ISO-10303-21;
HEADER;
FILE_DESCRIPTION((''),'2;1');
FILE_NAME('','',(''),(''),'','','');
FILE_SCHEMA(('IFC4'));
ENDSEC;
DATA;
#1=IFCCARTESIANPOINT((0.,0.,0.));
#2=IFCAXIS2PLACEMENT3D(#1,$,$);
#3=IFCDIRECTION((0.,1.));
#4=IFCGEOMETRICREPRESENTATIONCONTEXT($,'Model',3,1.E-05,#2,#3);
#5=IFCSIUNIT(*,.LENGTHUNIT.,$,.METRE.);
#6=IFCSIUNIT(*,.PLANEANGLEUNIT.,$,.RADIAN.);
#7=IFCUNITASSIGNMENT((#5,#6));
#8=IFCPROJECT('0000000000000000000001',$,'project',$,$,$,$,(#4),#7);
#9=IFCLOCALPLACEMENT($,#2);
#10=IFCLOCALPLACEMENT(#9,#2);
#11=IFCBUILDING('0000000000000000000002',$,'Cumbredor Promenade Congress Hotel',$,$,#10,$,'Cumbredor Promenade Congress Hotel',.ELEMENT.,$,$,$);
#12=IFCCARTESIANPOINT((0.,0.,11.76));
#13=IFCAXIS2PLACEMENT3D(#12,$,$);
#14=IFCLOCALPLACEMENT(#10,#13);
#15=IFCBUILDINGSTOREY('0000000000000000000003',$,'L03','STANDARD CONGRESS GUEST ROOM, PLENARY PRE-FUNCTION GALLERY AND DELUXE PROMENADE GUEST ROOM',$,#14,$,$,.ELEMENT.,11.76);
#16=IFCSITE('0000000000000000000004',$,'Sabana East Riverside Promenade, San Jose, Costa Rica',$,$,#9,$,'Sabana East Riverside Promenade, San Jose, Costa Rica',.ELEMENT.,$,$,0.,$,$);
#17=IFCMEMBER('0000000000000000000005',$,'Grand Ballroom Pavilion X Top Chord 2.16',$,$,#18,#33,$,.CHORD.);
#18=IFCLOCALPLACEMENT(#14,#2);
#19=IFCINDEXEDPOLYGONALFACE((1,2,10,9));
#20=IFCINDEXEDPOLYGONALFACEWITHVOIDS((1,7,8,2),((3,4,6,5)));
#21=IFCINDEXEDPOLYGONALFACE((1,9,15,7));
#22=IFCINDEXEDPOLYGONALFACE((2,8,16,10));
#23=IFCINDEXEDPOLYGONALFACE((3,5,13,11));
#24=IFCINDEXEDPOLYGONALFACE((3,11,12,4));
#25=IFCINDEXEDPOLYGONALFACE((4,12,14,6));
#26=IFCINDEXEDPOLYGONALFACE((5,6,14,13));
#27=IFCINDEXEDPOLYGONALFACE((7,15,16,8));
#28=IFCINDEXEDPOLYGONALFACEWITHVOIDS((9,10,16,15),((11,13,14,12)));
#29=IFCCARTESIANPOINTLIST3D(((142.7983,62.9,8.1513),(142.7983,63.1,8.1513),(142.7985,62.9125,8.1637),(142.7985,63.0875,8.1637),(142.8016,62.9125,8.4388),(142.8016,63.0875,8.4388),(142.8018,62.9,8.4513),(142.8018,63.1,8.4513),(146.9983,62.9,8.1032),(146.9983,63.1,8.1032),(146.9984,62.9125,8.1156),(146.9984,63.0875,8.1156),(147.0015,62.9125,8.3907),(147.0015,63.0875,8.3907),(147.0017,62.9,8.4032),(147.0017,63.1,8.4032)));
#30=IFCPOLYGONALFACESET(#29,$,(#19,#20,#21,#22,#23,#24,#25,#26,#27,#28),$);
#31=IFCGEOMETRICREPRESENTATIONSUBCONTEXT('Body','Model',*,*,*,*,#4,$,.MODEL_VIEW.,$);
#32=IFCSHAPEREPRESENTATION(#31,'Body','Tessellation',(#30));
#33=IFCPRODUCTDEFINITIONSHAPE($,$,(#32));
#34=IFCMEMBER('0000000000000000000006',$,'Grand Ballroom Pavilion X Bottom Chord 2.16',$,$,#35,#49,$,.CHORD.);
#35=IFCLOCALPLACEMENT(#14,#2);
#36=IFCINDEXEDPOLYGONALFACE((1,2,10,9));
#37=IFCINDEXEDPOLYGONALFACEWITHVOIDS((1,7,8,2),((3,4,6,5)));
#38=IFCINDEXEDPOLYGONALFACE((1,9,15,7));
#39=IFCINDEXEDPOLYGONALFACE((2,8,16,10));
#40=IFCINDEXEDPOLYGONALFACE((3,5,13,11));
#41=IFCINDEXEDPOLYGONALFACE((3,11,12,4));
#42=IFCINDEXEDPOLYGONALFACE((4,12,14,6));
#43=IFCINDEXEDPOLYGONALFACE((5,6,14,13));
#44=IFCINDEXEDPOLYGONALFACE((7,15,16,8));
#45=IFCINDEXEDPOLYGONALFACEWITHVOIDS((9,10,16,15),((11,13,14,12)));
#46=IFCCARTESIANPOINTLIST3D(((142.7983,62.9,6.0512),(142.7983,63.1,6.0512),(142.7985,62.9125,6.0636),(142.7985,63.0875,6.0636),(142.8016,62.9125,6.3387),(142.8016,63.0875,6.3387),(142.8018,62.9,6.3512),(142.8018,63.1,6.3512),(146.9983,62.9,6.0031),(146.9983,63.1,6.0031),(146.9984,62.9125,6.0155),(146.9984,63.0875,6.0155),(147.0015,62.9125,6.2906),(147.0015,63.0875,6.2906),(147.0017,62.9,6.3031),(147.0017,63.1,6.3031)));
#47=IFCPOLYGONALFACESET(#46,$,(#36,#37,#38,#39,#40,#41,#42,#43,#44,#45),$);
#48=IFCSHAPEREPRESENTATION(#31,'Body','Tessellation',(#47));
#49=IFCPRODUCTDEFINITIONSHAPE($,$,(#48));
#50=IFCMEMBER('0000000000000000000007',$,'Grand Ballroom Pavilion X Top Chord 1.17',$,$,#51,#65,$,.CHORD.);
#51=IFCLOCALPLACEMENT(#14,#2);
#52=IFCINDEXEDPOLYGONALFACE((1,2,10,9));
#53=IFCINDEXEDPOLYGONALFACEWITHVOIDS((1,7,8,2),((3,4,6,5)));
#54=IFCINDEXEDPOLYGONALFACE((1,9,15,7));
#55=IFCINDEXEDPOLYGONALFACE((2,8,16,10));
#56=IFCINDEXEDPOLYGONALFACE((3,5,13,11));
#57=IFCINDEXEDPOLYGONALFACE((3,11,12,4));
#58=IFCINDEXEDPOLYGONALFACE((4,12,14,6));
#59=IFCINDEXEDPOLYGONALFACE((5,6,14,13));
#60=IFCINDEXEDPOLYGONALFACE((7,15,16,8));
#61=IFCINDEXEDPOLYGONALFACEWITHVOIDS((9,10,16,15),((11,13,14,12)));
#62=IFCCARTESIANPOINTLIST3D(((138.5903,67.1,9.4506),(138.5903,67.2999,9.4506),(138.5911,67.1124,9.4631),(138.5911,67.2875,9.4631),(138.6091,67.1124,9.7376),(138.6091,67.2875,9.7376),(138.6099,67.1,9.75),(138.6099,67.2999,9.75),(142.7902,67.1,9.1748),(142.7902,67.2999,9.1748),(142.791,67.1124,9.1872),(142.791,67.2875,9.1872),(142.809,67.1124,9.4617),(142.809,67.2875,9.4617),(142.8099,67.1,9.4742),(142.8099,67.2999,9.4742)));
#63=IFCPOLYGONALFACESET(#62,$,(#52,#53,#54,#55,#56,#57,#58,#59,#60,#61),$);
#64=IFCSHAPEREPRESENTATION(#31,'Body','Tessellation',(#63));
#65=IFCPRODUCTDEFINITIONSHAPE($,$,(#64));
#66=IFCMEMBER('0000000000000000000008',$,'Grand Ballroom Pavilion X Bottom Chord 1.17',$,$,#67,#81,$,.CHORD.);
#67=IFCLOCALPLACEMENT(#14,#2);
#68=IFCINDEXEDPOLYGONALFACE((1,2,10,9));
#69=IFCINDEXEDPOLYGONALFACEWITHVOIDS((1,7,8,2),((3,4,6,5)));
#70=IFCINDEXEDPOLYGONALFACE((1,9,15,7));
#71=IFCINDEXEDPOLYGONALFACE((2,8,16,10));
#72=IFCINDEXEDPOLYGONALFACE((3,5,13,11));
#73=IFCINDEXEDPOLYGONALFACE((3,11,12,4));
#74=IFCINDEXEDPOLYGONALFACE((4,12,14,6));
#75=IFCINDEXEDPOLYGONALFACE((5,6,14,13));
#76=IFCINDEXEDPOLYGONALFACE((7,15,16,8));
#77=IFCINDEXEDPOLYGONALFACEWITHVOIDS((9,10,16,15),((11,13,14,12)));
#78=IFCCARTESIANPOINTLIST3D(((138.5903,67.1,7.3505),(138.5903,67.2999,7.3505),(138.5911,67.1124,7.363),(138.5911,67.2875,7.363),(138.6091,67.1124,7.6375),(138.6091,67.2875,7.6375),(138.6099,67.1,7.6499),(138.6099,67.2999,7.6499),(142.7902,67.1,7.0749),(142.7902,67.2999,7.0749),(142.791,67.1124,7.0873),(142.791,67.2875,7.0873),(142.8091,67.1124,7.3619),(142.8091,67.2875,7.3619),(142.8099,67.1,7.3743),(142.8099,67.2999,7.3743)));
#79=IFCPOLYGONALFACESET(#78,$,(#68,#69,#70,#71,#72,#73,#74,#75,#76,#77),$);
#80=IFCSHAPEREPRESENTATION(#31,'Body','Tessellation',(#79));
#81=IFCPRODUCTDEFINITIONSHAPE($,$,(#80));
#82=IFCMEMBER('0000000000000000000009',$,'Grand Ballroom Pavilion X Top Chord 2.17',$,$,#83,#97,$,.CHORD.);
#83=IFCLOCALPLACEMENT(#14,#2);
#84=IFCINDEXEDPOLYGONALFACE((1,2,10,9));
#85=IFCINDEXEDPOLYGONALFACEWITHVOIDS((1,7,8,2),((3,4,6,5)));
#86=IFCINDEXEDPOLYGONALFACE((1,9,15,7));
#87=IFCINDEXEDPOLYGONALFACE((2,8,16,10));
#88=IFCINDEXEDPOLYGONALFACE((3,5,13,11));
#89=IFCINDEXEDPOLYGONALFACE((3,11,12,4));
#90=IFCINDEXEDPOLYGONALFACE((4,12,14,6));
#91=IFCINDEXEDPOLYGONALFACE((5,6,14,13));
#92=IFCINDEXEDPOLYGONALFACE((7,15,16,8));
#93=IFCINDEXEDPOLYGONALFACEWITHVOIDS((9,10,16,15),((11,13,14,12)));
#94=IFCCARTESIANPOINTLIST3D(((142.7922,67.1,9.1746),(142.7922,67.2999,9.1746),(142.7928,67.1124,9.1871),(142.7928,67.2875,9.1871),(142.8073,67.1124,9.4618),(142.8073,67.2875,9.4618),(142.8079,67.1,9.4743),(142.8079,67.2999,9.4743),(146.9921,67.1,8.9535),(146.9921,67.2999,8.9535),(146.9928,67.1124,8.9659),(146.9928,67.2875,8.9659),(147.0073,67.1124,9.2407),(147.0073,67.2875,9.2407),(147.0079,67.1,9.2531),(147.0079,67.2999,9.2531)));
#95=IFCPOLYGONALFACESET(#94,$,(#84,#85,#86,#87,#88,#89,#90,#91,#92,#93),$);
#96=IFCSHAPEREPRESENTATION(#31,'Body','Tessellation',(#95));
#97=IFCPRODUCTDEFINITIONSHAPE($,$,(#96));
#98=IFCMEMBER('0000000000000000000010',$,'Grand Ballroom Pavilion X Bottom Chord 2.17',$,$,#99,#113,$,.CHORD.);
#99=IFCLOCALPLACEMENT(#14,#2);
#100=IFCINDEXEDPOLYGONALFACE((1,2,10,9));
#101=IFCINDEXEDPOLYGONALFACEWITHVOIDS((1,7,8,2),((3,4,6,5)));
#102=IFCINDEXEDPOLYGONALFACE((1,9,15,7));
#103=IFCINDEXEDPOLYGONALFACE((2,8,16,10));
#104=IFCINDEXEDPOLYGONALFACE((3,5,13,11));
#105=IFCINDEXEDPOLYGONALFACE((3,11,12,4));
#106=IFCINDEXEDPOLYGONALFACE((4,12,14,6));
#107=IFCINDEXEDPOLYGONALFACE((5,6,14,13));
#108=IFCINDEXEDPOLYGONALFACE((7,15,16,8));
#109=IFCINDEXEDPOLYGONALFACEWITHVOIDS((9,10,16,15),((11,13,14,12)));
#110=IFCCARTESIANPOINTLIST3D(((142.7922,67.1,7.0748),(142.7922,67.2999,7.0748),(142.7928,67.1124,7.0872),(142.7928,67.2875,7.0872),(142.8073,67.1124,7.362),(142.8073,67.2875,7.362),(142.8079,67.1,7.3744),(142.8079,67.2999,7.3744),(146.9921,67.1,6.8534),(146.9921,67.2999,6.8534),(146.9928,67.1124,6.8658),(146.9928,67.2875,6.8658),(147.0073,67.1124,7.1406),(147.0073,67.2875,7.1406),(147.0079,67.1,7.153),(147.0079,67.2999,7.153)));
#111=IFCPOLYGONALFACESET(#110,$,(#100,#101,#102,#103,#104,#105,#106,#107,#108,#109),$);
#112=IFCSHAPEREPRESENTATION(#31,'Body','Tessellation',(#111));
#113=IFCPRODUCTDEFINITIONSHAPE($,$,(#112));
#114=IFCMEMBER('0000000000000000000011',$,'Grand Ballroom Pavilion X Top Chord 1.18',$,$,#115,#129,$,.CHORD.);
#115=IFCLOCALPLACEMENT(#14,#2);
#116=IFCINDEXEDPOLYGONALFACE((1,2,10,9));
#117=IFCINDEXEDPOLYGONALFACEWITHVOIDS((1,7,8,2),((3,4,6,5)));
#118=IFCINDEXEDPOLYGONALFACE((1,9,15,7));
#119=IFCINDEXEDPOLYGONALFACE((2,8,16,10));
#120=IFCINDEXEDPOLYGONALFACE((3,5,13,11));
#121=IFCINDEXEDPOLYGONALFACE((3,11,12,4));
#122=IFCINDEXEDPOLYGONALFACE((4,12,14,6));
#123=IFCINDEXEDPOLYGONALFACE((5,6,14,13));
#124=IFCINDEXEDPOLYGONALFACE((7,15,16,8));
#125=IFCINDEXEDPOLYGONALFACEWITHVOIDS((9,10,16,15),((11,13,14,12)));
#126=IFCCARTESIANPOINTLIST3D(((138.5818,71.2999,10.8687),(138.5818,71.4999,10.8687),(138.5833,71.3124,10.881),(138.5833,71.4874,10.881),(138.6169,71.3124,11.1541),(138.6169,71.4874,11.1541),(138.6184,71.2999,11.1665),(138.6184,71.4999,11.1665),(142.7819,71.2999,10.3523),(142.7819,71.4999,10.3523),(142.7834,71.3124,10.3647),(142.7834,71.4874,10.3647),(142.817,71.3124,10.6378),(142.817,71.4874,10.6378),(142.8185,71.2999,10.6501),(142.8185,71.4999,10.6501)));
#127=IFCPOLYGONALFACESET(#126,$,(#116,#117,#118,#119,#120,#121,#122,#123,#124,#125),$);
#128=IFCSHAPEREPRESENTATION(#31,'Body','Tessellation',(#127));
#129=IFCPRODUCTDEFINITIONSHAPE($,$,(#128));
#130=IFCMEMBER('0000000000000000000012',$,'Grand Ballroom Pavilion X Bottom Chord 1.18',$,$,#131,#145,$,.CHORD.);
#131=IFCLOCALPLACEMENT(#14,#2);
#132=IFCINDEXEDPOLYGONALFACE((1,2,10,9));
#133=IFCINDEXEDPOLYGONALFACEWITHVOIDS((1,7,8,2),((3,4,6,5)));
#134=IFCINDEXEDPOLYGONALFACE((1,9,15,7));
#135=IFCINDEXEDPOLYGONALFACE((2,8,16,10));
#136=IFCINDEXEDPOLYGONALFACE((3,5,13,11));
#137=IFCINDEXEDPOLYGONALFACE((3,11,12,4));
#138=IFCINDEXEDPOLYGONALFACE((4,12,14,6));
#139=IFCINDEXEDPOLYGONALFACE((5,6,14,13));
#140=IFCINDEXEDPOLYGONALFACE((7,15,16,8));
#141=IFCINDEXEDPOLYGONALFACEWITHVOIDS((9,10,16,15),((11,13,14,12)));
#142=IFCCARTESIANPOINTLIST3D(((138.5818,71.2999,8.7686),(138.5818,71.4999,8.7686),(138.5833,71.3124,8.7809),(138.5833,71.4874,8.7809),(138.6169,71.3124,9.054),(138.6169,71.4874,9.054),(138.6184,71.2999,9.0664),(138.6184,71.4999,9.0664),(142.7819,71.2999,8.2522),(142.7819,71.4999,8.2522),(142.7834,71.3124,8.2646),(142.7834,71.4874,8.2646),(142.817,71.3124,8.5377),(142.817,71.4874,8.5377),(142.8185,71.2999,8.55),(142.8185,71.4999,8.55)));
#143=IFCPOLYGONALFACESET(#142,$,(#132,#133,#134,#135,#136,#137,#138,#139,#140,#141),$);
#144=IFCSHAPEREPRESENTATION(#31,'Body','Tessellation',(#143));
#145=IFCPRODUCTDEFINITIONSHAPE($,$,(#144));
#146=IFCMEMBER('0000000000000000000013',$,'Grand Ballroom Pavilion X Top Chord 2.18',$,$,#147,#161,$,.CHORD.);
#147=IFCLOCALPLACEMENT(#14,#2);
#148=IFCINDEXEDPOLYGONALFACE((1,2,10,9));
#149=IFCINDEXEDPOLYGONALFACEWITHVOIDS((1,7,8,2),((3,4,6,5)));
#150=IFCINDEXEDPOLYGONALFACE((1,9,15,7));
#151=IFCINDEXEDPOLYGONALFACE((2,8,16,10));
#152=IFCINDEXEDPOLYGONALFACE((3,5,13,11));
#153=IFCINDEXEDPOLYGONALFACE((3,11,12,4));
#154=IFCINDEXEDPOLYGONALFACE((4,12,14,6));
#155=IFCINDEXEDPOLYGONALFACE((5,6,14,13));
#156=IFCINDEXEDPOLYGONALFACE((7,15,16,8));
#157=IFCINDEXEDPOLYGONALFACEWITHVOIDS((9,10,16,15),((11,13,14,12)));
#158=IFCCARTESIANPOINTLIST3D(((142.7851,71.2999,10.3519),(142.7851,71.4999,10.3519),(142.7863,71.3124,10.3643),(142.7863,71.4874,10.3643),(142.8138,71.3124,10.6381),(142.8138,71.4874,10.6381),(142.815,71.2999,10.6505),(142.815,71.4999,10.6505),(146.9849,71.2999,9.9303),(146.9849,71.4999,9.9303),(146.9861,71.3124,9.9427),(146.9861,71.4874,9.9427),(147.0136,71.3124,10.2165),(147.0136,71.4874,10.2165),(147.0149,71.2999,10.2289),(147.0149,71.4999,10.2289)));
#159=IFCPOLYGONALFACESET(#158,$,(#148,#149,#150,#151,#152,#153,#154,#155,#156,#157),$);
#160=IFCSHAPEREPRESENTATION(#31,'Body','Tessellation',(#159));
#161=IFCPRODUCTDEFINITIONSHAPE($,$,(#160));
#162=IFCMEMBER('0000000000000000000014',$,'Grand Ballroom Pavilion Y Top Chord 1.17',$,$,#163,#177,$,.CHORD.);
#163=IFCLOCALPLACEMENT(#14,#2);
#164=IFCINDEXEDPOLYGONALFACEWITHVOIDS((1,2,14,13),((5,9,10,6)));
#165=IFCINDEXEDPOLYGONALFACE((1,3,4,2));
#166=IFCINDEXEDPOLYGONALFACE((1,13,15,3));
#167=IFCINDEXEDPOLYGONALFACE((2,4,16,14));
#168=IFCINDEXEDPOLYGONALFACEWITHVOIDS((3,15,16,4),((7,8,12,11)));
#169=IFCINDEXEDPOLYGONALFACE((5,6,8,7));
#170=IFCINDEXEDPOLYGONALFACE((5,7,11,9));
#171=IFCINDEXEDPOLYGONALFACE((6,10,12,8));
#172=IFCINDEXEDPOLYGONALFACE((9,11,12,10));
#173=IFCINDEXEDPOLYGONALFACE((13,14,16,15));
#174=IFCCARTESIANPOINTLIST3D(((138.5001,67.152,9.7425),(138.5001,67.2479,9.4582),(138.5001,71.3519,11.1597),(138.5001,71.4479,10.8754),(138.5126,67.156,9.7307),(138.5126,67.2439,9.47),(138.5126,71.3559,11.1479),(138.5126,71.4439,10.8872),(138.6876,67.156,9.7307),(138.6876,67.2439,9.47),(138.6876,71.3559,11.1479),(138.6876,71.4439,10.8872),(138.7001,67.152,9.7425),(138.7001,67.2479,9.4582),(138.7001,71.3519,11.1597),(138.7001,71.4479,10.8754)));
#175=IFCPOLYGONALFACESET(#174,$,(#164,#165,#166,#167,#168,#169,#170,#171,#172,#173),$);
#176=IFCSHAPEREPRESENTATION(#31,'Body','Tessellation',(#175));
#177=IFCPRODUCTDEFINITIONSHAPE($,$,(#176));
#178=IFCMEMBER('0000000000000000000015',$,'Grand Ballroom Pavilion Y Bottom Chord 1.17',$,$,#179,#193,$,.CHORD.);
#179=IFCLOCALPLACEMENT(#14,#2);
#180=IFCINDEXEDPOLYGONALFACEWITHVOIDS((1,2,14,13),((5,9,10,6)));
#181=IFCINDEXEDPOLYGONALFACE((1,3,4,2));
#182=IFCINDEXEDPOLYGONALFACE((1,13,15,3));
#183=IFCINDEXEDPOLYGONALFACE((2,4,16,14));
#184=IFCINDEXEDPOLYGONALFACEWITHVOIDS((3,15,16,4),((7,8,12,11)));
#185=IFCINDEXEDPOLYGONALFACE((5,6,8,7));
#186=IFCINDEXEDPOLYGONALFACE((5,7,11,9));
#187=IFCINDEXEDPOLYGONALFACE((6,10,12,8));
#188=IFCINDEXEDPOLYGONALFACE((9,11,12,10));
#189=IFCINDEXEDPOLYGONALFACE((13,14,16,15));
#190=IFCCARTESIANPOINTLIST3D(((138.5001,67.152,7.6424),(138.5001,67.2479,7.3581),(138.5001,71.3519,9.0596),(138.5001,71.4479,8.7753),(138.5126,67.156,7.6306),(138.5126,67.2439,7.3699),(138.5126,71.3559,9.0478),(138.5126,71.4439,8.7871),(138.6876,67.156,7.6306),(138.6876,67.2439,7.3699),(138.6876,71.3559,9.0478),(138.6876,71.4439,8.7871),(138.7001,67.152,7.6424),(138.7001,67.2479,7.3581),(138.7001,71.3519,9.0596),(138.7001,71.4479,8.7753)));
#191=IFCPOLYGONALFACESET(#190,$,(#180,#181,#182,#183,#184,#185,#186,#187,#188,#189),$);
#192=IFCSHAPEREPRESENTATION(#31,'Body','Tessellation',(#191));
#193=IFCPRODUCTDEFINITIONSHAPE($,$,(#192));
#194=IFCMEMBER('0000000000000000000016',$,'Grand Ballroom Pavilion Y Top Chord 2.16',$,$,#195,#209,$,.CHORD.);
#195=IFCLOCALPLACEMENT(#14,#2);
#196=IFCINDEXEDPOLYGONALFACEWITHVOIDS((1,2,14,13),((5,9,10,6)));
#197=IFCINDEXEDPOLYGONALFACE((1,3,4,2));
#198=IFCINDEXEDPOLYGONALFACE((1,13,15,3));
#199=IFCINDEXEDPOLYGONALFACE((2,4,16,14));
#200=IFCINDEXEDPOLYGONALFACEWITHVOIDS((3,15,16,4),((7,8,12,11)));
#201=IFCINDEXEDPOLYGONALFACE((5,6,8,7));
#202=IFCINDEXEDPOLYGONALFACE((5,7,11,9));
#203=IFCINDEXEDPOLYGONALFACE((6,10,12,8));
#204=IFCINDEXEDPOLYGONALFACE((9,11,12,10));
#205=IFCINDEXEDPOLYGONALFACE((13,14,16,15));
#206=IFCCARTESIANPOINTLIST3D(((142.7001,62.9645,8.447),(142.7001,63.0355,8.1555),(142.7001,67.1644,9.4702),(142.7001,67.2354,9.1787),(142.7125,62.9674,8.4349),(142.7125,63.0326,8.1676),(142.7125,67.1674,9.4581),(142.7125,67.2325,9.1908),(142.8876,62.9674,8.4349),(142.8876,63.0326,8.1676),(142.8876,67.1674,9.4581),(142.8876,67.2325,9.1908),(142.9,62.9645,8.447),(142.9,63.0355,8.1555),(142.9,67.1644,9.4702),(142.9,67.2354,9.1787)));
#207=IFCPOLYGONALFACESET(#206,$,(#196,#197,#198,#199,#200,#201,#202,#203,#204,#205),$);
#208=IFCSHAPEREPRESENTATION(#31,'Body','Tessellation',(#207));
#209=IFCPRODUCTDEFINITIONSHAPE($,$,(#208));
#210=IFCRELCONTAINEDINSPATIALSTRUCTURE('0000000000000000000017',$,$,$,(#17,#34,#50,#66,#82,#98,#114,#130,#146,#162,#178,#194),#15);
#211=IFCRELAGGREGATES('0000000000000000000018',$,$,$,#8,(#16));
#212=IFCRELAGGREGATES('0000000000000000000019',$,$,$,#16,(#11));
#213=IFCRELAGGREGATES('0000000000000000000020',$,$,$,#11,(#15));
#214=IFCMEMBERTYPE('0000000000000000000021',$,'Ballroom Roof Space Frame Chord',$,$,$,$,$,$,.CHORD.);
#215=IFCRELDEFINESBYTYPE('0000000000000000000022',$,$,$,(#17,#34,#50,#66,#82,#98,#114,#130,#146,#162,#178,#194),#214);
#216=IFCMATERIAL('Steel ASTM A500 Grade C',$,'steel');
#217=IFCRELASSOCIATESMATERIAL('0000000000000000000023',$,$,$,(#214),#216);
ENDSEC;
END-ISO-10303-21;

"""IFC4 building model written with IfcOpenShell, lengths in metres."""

from ifc_helpers import new_model, si_unit, direction, frame, origin, origin_2d, place, context, subcontext, project, spatial, hollow_rectangle, extrude, material, material_profile, profile_set, type_object, element, save


model = new_model("IFC4")

# Units and contexts
model_context = context("Model", 3, precision=1e-05, world=origin(), true_north=direction((0.0, 1.0)))
body_context = subcontext(model_context, "Body", "Model", "MODEL_VIEW")
ifc_project = project(units=[si_unit("LENGTHUNIT", "METRE"), si_unit("PLANEANGLEUNIT", "RADIAN")], contexts=[model_context])

# Site, building, storey
site_placement = place(None, origin())
site = spatial("IfcSite", under=ifc_project, at=site_placement, Name="Sabana East Riverside Promenade, San Jose, Costa Rica", LongName="Sabana East Riverside Promenade, San Jose, Costa Rica", CompositionType="ELEMENT", RefElevation=0.0)
building_placement = place(site_placement, origin())
building = spatial("IfcBuilding", under=site, at=building_placement, Name="Cumbredor Promenade Congress Hotel", LongName="Cumbredor Promenade Congress Hotel", CompositionType="ELEMENT")
storey_placement = place(building_placement, frame((0.0, 0.0, 11.76)))
storey = spatial("IfcBuildingStorey", under=building, at=storey_placement, Name="L03", Description="STANDARD CONGRESS GUEST ROOM, PLENARY PRE-FUNCTION GALLERY AND DELUXE PROMENADE GUEST ROOM", CompositionType="ELEMENT", Elevation=11.76)

# Members
ifc_material_1 = material(Name="Steel ASTM A500 Grade C", Category="steel")
ifc_material_profile_1 = material_profile(ifc_material_1, hollow_rectangle(XDim=0.2, YDim=0.3, WallThickness=0.0125, at=origin_2d()), Name="HSS 300x200x12.5")
ifc_profile_set_1 = profile_set([ifc_material_profile_1], Name="Steel ASTM A500 Grade C")
member_type_1 = type_object("IfcMemberType", Name="Ballroom Roof Space Frame Chord", PredefinedType="CHORD", material=ifc_profile_set_1)
for number, where, z_axis, x_axis, name in (
    (1, (142.8, 63.0, 8.3013), (0.999934, 0.0, -0.011451), (0.0, 1.0, 0.0), "Grand Ballroom Pavilion X Top Chord 2.16"),
    (2, (142.8, 63.0, 6.2012), (0.999934, 0.0, -0.011451), (0.0, 1.0, 0.0), "Grand Ballroom Pavilion X Bottom Chord 2.16"),
):
    element("IfcMember", number, at=place(storey_placement, frame(where, z_axis=z_axis, x_axis=x_axis)), inside=storey, type_object=member_type_1, Name=name, PredefinedType="CHORD", context=body_context, shape_type="SweptSolid", body=[
        extrude(hollow_rectangle(XDim=0.2, YDim=0.3, WallThickness=0.0125, at=origin_2d()), origin(), (0.0, 0.0, 1.0), 4.2002),
    ])
for number, where, z_axis, x_axis, name in (
    (3, (138.6001, 67.2, 9.6003), (0.99785, 0.0, -0.065545), (0.0, 1.0, 0.0), "Grand Ballroom Pavilion X Top Chord 1.17"),
    (4, (138.6001, 67.2, 7.5002), (0.997853, 0.0, -0.065487), (0.0, 1.0, 0.0), "Grand Ballroom Pavilion X Bottom Chord 1.17"),
):
    element("IfcMember", number, at=place(storey_placement, frame(where, z_axis=z_axis, x_axis=x_axis)), inside=storey, type_object=member_type_1, Name=name, PredefinedType="CHORD", context=body_context, shape_type="SweptSolid", body=[
        extrude(hollow_rectangle(XDim=0.2, YDim=0.3, WallThickness=0.0125, at=origin_2d()), origin(), (0.0, 0.0, 1.0), 4.209),
    ])
for number, where, z_axis, x_axis, name in (
    (5, (142.8, 67.2, 9.3245), (0.998616, 0.0, -0.052592), (0.0, 1.0, 0.0), "Grand Ballroom Pavilion X Top Chord 2.17"),
    (6, (142.8, 67.2, 7.2246), (0.998613, 0.0, -0.05265), (0.0, 1.0, 0.0), "Grand Ballroom Pavilion X Bottom Chord 2.17"),
):
    element("IfcMember", number, at=place(storey_placement, frame(where, z_axis=z_axis, x_axis=x_axis)), inside=storey, type_object=member_type_1, Name=name, PredefinedType="CHORD", context=body_context, shape_type="SweptSolid", body=[
        extrude(hollow_rectangle(XDim=0.2, YDim=0.3, WallThickness=0.0125, at=origin_2d()), origin(), (0.0, 0.0, 1.0), 4.2058),
    ])
for number, where, z_axis, x_axis, name in (
    (7, (138.6001, 71.3999, 11.0176), (0.992527, 0.0, -0.122025), (0.0, 1.0, 0.0), "Grand Ballroom Pavilion X Top Chord 1.18"),
    (8, (138.6001, 71.3999, 8.9175), (0.992527, 0.0, -0.122025), (0.0, 1.0, 0.0), "Grand Ballroom Pavilion X Bottom Chord 1.18"),
):
    element("IfcMember", number, at=place(storey_placement, frame(where, z_axis=z_axis, x_axis=x_axis)), inside=storey, type_object=member_type_1, Name=name, PredefinedType="CHORD", context=body_context, shape_type="SweptSolid", body=[
        extrude(hollow_rectangle(XDim=0.2, YDim=0.3, WallThickness=0.0125, at=origin_2d()), origin(), (0.0, 0.0, 1.0), 4.2317),
    ])
member_1_placement = place(storey_placement, frame((142.8, 71.3999, 10.5012), z_axis=(0.994999, 0.0, -0.099887), x_axis=(0.0, 1.0, 0.0)))
element("IfcMember", 9, at=member_1_placement, inside=storey, type_object=member_type_1, Name="Grand Ballroom Pavilion X Top Chord 2.18", PredefinedType="CHORD", context=body_context, shape_type="SweptSolid", body=[
    extrude(hollow_rectangle(XDim=0.2, YDim=0.3, WallThickness=0.0125, at=origin_2d()), origin(), (0.0, 0.0, 1.0), 4.2209),
])
for number, where, z_axis, x_axis, name in (
    (10, (138.6001, 67.2, 9.6003), (0.0, 0.947509, 0.319729), (-1.0, 0.0, 0.0), "Grand Ballroom Pavilion Y Top Chord 1.17"),
    (11, (138.6001, 67.2, 7.5002), (0.0, 0.947509, 0.319729), (-1.0, 0.0, 0.0), "Grand Ballroom Pavilion Y Bottom Chord 1.17"),
):
    element("IfcMember", number, at=place(storey_placement, frame(where, z_axis=z_axis, x_axis=x_axis)), inside=storey, type_object=member_type_1, Name=name, PredefinedType="CHORD", context=body_context, shape_type="SweptSolid", body=[
        extrude(hollow_rectangle(XDim=0.2, YDim=0.3, WallThickness=0.0125, at=origin_2d()), origin(), (0.0, 0.0, 1.0), 4.4326),
    ])
for number, where, z_axis, x_axis, name in (
    (12, (142.8, 63.0, 8.3013), (0.0, 0.971583, 0.236697), (-1.0, 0.0, 0.0), "Grand Ballroom Pavilion Y Top Chord 2.16"),
):
    element("IfcMember", number, at=place(storey_placement, frame(where, z_axis=z_axis, x_axis=x_axis)), inside=storey, type_object=member_type_1, Name=name, PredefinedType="CHORD", context=body_context, shape_type="SweptSolid", body=[
        extrude(hollow_rectangle(XDim=0.2, YDim=0.3, WallThickness=0.0125, at=origin_2d()), origin(), (0.0, 0.0, 1.0), 4.3228),
    ])

save(model, "model.ifc")
